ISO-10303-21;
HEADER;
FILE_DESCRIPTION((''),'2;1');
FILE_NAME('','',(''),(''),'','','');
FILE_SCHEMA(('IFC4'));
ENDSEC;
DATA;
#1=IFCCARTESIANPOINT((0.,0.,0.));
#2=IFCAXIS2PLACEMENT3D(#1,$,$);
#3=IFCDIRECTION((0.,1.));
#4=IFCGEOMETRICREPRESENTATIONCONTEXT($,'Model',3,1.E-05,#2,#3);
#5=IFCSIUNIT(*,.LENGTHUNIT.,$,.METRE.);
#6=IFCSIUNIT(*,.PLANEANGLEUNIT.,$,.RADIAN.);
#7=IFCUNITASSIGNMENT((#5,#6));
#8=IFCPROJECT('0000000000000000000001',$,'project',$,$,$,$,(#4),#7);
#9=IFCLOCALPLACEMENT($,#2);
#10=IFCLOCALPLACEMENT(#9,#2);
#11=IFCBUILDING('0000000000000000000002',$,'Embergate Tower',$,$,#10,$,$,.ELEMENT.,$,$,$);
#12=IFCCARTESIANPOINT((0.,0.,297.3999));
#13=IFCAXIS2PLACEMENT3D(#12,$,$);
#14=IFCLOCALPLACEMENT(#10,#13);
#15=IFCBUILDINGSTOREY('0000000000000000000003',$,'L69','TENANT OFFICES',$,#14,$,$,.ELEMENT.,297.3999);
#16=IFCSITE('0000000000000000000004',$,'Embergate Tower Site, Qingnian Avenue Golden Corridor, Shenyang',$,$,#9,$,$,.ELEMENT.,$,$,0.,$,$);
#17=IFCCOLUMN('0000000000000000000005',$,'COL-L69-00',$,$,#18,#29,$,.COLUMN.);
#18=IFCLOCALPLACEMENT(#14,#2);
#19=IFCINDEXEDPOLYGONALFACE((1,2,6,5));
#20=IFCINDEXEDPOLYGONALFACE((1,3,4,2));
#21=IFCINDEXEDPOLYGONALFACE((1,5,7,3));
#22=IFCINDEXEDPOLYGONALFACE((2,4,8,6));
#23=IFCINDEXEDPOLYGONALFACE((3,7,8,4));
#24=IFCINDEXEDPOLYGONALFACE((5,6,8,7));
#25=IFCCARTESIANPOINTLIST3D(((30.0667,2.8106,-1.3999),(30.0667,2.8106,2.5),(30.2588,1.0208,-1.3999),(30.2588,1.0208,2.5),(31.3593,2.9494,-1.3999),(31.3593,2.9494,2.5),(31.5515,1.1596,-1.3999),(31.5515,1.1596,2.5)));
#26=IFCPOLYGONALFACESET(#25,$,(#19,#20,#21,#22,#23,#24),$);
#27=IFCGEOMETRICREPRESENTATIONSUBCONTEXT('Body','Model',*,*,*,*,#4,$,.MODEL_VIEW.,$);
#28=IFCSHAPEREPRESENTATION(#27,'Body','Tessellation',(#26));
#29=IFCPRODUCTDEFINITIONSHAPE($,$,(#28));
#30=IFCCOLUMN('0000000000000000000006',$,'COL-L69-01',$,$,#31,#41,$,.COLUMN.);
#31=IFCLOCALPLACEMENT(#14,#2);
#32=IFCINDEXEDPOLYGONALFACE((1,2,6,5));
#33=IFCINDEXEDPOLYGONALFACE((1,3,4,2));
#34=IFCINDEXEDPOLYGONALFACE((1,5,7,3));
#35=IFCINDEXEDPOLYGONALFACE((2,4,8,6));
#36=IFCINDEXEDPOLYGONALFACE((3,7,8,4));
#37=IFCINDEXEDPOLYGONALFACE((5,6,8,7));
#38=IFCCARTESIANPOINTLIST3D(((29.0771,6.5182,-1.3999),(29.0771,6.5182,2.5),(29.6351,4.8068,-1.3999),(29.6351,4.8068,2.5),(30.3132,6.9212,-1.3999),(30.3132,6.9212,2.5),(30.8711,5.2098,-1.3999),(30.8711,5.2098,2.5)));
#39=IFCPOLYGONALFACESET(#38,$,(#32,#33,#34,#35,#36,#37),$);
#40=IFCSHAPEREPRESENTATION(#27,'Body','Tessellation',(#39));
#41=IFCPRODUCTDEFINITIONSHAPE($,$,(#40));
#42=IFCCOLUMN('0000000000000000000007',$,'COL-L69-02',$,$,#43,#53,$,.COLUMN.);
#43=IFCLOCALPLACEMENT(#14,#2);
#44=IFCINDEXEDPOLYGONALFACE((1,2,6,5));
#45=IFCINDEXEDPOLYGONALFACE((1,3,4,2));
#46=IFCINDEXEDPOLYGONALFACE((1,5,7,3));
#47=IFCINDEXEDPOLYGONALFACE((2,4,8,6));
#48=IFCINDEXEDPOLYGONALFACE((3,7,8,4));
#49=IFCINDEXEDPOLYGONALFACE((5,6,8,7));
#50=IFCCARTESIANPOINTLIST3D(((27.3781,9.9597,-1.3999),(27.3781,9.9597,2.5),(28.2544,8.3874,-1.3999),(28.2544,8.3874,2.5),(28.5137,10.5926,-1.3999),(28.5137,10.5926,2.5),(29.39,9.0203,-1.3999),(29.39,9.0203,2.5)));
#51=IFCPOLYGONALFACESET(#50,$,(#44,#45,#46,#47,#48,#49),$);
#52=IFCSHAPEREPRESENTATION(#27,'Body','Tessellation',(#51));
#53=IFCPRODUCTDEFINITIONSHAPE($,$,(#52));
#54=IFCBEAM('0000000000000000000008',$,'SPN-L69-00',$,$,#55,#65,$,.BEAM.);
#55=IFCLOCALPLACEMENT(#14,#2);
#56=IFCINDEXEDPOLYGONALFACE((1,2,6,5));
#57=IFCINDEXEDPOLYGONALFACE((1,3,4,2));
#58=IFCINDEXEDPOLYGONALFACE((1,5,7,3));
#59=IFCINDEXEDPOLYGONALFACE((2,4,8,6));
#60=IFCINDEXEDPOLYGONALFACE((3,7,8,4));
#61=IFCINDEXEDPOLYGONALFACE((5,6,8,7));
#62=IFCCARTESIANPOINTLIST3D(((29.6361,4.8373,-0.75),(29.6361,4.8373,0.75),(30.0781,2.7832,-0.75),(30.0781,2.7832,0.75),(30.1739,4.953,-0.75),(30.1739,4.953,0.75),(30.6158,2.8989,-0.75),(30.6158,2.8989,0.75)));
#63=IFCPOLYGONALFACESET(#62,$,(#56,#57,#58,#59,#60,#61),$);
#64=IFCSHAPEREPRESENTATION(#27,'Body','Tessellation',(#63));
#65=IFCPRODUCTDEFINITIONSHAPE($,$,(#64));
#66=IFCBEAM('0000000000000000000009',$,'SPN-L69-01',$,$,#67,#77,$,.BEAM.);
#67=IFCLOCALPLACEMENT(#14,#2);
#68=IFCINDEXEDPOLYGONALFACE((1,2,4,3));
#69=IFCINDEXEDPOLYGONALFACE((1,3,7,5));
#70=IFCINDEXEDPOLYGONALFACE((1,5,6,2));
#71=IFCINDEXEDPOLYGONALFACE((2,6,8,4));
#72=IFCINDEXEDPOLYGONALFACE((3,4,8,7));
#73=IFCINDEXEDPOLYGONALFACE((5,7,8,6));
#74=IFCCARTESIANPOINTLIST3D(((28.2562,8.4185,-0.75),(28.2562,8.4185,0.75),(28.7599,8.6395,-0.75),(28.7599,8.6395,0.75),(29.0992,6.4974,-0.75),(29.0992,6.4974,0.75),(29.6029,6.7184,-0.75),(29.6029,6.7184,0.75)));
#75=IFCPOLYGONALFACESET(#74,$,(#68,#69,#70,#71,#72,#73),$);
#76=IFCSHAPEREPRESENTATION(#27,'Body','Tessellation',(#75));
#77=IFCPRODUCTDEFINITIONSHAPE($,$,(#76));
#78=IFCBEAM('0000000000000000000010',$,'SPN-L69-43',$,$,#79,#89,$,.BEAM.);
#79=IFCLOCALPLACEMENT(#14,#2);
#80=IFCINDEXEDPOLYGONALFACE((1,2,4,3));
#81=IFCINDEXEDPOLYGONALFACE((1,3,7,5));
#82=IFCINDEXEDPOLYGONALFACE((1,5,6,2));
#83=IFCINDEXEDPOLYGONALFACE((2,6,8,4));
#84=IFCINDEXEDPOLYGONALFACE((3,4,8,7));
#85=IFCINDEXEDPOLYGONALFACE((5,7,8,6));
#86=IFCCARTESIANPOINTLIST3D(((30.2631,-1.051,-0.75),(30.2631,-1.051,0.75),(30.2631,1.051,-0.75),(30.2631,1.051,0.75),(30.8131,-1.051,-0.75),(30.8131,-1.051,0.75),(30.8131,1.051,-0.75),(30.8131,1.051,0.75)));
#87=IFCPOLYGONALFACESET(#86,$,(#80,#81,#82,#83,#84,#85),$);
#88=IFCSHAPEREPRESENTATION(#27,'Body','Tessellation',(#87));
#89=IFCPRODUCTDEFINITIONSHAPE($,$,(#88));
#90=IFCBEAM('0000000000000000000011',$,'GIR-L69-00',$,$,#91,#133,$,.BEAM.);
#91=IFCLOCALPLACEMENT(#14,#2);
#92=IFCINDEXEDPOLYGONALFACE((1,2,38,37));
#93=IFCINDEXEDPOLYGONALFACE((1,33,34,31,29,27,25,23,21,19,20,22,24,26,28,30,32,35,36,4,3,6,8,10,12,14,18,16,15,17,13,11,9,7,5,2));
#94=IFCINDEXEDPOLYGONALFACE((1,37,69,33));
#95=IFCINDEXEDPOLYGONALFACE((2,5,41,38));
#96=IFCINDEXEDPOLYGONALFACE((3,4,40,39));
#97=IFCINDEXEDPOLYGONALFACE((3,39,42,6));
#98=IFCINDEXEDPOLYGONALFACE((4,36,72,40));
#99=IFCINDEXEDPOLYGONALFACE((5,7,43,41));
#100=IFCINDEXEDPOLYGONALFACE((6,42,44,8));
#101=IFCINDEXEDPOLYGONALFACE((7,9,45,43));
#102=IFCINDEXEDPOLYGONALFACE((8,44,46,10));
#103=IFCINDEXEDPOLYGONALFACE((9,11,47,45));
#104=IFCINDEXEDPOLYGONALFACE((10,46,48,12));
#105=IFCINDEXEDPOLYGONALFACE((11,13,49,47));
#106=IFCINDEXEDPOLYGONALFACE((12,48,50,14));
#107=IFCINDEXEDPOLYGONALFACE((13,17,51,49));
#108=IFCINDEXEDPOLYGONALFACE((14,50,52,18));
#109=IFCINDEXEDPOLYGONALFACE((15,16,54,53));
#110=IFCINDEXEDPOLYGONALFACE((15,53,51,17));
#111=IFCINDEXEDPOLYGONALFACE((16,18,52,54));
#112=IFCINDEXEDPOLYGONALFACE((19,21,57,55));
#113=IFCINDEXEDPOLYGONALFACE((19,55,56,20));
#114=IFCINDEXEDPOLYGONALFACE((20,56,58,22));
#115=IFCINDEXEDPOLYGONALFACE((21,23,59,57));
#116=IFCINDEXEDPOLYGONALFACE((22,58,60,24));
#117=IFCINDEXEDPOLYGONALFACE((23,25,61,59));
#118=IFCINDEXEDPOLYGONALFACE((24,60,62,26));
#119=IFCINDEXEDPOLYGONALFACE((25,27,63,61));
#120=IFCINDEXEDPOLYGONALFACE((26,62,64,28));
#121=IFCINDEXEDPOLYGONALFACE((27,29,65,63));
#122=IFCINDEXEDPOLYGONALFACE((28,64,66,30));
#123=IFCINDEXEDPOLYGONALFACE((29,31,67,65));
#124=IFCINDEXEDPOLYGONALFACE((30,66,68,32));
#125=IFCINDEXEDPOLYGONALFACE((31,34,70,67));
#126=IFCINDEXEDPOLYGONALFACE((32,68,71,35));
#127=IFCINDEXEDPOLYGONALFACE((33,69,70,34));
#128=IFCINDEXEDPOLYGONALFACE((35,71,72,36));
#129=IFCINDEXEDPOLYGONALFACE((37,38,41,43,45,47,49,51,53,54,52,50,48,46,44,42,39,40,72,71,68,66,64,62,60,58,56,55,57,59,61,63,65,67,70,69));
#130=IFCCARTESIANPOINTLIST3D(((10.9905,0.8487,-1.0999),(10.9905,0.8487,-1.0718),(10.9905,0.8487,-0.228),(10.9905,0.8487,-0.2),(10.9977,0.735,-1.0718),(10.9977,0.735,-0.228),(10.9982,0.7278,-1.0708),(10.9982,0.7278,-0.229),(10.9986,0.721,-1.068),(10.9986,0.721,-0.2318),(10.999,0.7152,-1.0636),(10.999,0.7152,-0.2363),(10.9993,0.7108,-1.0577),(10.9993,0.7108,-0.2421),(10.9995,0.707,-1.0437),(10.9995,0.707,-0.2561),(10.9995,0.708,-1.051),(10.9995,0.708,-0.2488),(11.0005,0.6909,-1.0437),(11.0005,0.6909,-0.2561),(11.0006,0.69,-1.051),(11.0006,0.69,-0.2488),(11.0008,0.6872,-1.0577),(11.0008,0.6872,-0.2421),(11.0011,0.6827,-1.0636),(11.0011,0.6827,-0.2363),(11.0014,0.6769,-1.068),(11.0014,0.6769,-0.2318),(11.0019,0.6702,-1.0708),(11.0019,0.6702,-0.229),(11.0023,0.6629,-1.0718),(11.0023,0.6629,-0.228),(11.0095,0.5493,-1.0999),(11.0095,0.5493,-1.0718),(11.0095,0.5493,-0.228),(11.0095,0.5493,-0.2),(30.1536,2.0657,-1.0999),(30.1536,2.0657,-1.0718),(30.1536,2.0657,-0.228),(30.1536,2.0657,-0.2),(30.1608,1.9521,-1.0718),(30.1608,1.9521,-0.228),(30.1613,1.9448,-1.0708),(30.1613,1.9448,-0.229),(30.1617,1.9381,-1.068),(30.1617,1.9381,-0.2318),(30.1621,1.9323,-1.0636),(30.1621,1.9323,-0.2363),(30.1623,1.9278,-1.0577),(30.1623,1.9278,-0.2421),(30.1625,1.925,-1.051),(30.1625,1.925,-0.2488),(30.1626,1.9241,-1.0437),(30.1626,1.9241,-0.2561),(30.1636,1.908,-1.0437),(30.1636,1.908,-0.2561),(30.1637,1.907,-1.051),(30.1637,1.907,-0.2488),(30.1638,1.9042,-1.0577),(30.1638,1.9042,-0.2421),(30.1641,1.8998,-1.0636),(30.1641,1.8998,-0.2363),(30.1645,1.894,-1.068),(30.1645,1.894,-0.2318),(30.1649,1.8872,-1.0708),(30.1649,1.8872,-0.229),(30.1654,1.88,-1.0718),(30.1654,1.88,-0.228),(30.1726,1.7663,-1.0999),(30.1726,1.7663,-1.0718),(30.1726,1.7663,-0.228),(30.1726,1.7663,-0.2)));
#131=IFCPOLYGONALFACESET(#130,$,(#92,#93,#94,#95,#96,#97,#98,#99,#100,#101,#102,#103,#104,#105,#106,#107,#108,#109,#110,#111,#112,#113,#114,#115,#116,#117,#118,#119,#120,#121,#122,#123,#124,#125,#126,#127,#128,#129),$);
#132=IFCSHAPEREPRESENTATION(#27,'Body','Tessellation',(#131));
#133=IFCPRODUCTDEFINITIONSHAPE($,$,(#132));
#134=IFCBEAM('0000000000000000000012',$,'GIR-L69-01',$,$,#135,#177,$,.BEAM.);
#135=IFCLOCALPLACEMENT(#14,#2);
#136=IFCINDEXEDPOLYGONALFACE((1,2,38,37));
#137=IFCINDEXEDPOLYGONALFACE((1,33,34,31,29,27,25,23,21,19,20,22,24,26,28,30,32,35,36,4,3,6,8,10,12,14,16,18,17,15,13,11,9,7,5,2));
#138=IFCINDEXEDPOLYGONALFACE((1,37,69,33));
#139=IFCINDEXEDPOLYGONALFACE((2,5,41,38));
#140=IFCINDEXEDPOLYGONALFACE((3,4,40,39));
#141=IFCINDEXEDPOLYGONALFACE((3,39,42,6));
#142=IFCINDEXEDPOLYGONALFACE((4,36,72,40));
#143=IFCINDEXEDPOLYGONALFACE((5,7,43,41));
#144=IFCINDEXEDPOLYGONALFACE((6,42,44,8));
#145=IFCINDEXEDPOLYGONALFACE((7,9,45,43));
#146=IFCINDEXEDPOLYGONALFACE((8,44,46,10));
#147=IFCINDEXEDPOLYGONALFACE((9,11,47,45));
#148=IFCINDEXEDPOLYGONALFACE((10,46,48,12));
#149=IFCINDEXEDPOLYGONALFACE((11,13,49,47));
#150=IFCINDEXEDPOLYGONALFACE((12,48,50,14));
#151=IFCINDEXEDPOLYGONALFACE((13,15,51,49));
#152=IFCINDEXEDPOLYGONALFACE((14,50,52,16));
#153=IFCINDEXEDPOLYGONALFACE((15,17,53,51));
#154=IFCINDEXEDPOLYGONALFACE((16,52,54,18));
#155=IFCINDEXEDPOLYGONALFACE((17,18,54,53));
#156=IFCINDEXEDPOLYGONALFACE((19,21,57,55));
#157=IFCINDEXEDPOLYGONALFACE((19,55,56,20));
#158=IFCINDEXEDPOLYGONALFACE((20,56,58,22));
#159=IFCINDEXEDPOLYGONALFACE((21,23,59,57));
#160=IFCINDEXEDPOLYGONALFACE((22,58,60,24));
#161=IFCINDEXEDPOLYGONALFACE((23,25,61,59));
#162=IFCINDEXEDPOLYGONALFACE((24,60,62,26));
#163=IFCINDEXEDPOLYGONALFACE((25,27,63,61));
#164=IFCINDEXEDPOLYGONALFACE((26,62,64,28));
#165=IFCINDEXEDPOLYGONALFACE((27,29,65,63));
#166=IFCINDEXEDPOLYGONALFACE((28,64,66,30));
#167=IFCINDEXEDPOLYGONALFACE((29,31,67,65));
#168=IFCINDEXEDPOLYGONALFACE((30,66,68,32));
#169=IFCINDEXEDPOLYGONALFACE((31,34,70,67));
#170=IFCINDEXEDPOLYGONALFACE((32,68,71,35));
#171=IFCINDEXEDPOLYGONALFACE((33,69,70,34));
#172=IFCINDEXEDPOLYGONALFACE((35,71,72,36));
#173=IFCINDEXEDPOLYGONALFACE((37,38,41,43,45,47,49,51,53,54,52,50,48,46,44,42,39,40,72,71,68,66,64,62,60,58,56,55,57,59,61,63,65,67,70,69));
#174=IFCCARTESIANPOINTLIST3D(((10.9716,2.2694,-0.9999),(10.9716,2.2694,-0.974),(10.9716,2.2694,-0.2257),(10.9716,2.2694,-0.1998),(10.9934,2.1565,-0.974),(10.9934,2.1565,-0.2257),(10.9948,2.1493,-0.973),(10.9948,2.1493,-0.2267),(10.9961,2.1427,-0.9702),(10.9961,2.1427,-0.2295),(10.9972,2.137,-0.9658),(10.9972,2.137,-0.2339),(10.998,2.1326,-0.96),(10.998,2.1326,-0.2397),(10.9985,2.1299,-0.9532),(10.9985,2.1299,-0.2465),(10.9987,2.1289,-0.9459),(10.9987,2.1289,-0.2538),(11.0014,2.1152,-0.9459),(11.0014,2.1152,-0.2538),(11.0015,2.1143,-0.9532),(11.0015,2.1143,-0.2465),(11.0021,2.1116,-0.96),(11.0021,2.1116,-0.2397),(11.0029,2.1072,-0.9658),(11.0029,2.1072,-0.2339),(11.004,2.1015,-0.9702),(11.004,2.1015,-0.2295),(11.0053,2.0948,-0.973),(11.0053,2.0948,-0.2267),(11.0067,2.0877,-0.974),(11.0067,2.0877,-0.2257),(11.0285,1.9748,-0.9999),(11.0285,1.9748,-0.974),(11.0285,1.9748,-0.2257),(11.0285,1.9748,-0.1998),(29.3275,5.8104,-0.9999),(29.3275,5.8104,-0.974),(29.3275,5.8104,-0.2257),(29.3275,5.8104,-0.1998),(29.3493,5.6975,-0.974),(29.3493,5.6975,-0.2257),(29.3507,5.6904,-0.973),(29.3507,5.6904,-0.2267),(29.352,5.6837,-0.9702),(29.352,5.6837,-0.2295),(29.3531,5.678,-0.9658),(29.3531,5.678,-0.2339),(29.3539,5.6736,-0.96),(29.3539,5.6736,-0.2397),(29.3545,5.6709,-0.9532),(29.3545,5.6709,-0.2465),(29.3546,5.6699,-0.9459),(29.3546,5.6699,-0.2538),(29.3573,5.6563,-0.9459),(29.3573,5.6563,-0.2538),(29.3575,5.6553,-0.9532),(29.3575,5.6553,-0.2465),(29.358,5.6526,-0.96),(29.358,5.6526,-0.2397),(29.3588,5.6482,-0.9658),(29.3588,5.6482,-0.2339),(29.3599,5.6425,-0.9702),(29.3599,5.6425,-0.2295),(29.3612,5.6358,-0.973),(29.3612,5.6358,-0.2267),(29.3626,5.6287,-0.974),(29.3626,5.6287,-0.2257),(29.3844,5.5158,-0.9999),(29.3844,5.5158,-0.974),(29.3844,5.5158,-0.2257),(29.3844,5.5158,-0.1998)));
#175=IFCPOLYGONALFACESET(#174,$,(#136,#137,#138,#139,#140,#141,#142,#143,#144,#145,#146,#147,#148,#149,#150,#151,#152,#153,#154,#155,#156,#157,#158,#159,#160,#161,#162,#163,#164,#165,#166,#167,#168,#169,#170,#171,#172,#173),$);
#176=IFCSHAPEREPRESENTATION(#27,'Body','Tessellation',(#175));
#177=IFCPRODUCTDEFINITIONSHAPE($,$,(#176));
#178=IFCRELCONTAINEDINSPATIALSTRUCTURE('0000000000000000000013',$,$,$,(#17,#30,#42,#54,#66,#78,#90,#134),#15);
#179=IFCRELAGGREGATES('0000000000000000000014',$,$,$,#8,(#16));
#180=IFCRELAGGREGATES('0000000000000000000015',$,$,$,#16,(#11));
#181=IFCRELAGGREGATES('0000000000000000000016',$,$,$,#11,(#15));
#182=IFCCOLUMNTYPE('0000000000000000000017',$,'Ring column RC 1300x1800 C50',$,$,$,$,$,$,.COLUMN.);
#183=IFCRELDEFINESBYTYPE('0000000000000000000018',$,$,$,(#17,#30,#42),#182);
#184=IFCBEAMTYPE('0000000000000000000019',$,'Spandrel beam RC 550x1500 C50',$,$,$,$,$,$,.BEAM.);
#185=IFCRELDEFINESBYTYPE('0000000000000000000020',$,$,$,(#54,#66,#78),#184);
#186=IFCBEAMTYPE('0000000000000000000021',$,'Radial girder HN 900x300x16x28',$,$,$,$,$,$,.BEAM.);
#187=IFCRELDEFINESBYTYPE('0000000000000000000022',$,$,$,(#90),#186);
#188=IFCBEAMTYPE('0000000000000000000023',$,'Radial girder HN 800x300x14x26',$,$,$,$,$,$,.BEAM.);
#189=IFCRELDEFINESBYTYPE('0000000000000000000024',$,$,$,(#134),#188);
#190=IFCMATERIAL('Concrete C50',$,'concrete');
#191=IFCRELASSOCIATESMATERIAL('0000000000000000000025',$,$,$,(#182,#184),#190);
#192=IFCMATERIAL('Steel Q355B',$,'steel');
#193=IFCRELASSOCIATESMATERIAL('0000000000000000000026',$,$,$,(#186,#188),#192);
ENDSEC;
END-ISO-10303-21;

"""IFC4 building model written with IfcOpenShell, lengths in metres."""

from ifc_helpers import new_model, si_unit, direction, frame, origin, origin_2d, place, context, subcontext, project, spatial, rectangle, i_section, extrude, source, transform, mapped, material, material_profile, profile_set, type_object, element, save


model = new_model("IFC4")

# Units and contexts
model_context = context("Model", 3, precision=1e-05, world=origin(), true_north=direction((0.0, 1.0)))
body_context = subcontext(model_context, "Body", "Model", "MODEL_VIEW")
ifc_project = project(units=[si_unit("LENGTHUNIT", "METRE"), si_unit("PLANEANGLEUNIT", "RADIAN")], contexts=[model_context])

# Site, building, storey
site_placement = place(None, origin())
site = spatial("IfcSite", under=ifc_project, at=site_placement, Name="Embergate Tower Site, Qingnian Avenue Golden Corridor, Shenyang", CompositionType="ELEMENT", RefElevation=0.0)
building_placement = place(site_placement, origin())
building = spatial("IfcBuilding", under=site, at=building_placement, Name="Embergate Tower", CompositionType="ELEMENT")
storey_placement = place(building_placement, frame((0.0, 0.0, 297.3999)))
storey = spatial("IfcBuildingStorey", under=building, at=storey_placement, Name="L69", Description="TENANT OFFICES", CompositionType="ELEMENT", Elevation=297.3999)

# Columns
ifc_material_1 = material(Name="Concrete C50", Category="concrete")
ifc_material_profile_1 = material_profile(ifc_material_1, rectangle(XDim=1.3, YDim=1.8, at=origin_2d()), Name="RC 1300x1800")
ifc_profile_set_1 = profile_set([ifc_material_profile_1], Name="Concrete C50")
column_type = type_object("IfcColumnType", Name="Ring column RC 1300x1800 C50", PredefinedType="COLUMN", material=ifc_profile_set_1)
shared_shape_1 = source(origin(), body_context, "Body", "SweptSolid", [
    extrude(rectangle(XDim=1.3, YDim=1.8, at=origin_2d()), origin(), (0.0, 0.0, 1.0), 3.8999),
])
for number, where, z_axis, x_axis, name in (
    (1, (30.8091, 1.9851, -1.3999), (0.0, 0.0, 1.0), (0.994286, 0.10675, 0.0), "COL-L69-00"),
    (2, (29.9741, 5.864, -1.3999), (0.0, 0.0, 1.0), (0.950754, 0.309946, 0.0), "COL-L69-01"),
    (3, (28.384, 9.49, -1.3999), (0.0, 0.0, 1.0), (0.8735, 0.486823, 0.0), "COL-L69-02"),
):
    element("IfcColumn", number, at=place(storey_placement, frame(where, z_axis=z_axis, x_axis=x_axis)), inside=storey, type_object=column_type, Name=name, PredefinedType="COLUMN", context=body_context, shape_type="MappedRepresentation", body=[
        mapped(shared_shape_1, transform((0.0, 0.0, 0.0))),
    ])

# Beams
ifc_material_profile_2 = material_profile(ifc_material_1, rectangle(XDim=0.55, YDim=1.5, at=origin_2d()), Name="RC 550x1500")
ifc_profile_set_2 = profile_set([ifc_material_profile_2], Name="Concrete C50")
beam_type_1 = type_object("IfcBeamType", Name="Spandrel beam RC 550x1500 C50", PredefinedType="BEAM", material=ifc_profile_set_2)
shared_shape_2 = source(origin(), body_context, "Body", "SweptSolid", [
    extrude(rectangle(XDim=0.55, YDim=1.5, at=origin_2d()), origin(), (0.0, 0.0, 1.0), 2.1011),
])
beam_1_placement = place(storey_placement, frame((30.3469, 2.8411, 0.0), z_axis=(-0.210331, 0.97763, 0.0), x_axis=(-0.97763, -0.210331, 0.0)))
element("IfcBeam", 4, at=beam_1_placement, inside=storey, type_object=beam_type_1, Name="SPN-L69-00", PredefinedType="BEAM", context=body_context, shape_type="MappedRepresentation", body=[
    mapped(shared_shape_2, transform((0.0, 0.0, 0.0))),
])
shared_shape_3 = source(origin(), body_context, "Body", "SweptSolid", [
    extrude(rectangle(XDim=0.55, YDim=1.5, at=origin_2d()), origin(), (0.0, 0.0, 1.0), 2.0979),
])
beam_2_placement = place(storey_placement, frame((29.3511, 6.6079, 0.0), z_axis=(-0.401826, 0.915716, 0.0), x_axis=(-0.915716, -0.401826, 0.0)))
element("IfcBeam", 5, at=beam_2_placement, inside=storey, type_object=beam_type_1, Name="SPN-L69-01", PredefinedType="BEAM", context=body_context, shape_type="MappedRepresentation", body=[
    mapped(shared_shape_3, transform((0.0, 0.0, 0.0))),
])
shared_shape_4 = source(origin(), body_context, "Body", "SweptSolid", [
    extrude(rectangle(XDim=0.55, YDim=1.5, at=origin_2d()), origin(), (0.0, 0.0, 1.0), 2.1021),
])
beam_3_placement = place(storey_placement, frame((30.5381, -1.051, 0.0), z_axis=(0.0, 1.0, 0.0), x_axis=(-1.0, 0.0, 0.0)))
element("IfcBeam", 6, at=beam_3_placement, inside=storey, type_object=beam_type_1, Name="SPN-L69-43", PredefinedType="BEAM", context=body_context, shape_type="MappedRepresentation", body=[
    mapped(shared_shape_4, transform((0.0, 0.0, 0.0))),
])
ifc_material_2 = material(Name="Steel Q355B", Category="steel")
ifc_material_profile_3 = material_profile(ifc_material_2, i_section(OverallWidth=0.3, OverallDepth=0.8999, WebThickness=0.0161, FlangeThickness=0.0281, FilletRadius=0.0281, at=origin_2d()), Name="HN 900x300x16x28")
ifc_profile_set_3 = profile_set([ifc_material_profile_3], Name="Steel Q355 grade B")
beam_type_2 = type_object("IfcBeamType", Name="Radial girder HN 900x300x16x28", PredefinedType="BEAM", material=ifc_profile_set_3)
shared_shape_5 = source(origin(), body_context, "Body", "SweptSolid", [
    extrude(i_section(OverallWidth=0.3, OverallDepth=0.8999, WebThickness=0.0161, FlangeThickness=0.0281, FilletRadius=0.0281, at=origin_2d()), origin(), (0.0, 0.0, 1.0), 19.2017),
])
beam_4_placement = place(storey_placement, frame((30.1631, 1.916, -0.6499), z_axis=(-0.997989, -0.063382, 0.0), x_axis=(0.063382, -0.997989, 0.0)))
element("IfcBeam", 7, at=beam_4_placement, inside=storey, type_object=beam_type_2, Name="GIR-L69-00", PredefinedType="BEAM", context=body_context, shape_type="MappedRepresentation", body=[
    mapped(shared_shape_5, transform((0.0, 0.0, 0.0))),
])
ifc_material_profile_4 = material_profile(ifc_material_2, i_section(OverallWidth=0.3, OverallDepth=0.8, WebThickness=0.0139, FlangeThickness=0.0259, FilletRadius=0.0281, at=origin_2d()), Name="HN 800x300x14x26")
ifc_profile_set_4 = profile_set([ifc_material_profile_4], Name="Steel Q355 grade B")
beam_type_3 = type_object("IfcBeamType", Name="Radial girder HN 800x300x14x26", PredefinedType="BEAM", material=ifc_profile_set_4)
shared_shape_6 = source(origin(), body_context, "Body", "SweptSolid", [
    extrude(i_section(OverallWidth=0.3, OverallDepth=0.8, WebThickness=0.0139, FlangeThickness=0.0259, FilletRadius=0.0281, at=origin_2d()), origin(), (0.0, 0.0, 1.0), 18.6943),
])
beam_5_placement = place(storey_placement, frame((29.356, 5.6631, -0.5999), z_axis=(-0.981897, -0.189416, 0.0), x_axis=(0.189416, -0.981897, 0.0)))
element("IfcBeam", 8, at=beam_5_placement, inside=storey, type_object=beam_type_3, Name="GIR-L69-01", PredefinedType="BEAM", context=body_context, shape_type="MappedRepresentation", body=[
    mapped(shared_shape_6, transform((0.0, 0.0, 0.0))),
])

save(model, "model.ifc")
